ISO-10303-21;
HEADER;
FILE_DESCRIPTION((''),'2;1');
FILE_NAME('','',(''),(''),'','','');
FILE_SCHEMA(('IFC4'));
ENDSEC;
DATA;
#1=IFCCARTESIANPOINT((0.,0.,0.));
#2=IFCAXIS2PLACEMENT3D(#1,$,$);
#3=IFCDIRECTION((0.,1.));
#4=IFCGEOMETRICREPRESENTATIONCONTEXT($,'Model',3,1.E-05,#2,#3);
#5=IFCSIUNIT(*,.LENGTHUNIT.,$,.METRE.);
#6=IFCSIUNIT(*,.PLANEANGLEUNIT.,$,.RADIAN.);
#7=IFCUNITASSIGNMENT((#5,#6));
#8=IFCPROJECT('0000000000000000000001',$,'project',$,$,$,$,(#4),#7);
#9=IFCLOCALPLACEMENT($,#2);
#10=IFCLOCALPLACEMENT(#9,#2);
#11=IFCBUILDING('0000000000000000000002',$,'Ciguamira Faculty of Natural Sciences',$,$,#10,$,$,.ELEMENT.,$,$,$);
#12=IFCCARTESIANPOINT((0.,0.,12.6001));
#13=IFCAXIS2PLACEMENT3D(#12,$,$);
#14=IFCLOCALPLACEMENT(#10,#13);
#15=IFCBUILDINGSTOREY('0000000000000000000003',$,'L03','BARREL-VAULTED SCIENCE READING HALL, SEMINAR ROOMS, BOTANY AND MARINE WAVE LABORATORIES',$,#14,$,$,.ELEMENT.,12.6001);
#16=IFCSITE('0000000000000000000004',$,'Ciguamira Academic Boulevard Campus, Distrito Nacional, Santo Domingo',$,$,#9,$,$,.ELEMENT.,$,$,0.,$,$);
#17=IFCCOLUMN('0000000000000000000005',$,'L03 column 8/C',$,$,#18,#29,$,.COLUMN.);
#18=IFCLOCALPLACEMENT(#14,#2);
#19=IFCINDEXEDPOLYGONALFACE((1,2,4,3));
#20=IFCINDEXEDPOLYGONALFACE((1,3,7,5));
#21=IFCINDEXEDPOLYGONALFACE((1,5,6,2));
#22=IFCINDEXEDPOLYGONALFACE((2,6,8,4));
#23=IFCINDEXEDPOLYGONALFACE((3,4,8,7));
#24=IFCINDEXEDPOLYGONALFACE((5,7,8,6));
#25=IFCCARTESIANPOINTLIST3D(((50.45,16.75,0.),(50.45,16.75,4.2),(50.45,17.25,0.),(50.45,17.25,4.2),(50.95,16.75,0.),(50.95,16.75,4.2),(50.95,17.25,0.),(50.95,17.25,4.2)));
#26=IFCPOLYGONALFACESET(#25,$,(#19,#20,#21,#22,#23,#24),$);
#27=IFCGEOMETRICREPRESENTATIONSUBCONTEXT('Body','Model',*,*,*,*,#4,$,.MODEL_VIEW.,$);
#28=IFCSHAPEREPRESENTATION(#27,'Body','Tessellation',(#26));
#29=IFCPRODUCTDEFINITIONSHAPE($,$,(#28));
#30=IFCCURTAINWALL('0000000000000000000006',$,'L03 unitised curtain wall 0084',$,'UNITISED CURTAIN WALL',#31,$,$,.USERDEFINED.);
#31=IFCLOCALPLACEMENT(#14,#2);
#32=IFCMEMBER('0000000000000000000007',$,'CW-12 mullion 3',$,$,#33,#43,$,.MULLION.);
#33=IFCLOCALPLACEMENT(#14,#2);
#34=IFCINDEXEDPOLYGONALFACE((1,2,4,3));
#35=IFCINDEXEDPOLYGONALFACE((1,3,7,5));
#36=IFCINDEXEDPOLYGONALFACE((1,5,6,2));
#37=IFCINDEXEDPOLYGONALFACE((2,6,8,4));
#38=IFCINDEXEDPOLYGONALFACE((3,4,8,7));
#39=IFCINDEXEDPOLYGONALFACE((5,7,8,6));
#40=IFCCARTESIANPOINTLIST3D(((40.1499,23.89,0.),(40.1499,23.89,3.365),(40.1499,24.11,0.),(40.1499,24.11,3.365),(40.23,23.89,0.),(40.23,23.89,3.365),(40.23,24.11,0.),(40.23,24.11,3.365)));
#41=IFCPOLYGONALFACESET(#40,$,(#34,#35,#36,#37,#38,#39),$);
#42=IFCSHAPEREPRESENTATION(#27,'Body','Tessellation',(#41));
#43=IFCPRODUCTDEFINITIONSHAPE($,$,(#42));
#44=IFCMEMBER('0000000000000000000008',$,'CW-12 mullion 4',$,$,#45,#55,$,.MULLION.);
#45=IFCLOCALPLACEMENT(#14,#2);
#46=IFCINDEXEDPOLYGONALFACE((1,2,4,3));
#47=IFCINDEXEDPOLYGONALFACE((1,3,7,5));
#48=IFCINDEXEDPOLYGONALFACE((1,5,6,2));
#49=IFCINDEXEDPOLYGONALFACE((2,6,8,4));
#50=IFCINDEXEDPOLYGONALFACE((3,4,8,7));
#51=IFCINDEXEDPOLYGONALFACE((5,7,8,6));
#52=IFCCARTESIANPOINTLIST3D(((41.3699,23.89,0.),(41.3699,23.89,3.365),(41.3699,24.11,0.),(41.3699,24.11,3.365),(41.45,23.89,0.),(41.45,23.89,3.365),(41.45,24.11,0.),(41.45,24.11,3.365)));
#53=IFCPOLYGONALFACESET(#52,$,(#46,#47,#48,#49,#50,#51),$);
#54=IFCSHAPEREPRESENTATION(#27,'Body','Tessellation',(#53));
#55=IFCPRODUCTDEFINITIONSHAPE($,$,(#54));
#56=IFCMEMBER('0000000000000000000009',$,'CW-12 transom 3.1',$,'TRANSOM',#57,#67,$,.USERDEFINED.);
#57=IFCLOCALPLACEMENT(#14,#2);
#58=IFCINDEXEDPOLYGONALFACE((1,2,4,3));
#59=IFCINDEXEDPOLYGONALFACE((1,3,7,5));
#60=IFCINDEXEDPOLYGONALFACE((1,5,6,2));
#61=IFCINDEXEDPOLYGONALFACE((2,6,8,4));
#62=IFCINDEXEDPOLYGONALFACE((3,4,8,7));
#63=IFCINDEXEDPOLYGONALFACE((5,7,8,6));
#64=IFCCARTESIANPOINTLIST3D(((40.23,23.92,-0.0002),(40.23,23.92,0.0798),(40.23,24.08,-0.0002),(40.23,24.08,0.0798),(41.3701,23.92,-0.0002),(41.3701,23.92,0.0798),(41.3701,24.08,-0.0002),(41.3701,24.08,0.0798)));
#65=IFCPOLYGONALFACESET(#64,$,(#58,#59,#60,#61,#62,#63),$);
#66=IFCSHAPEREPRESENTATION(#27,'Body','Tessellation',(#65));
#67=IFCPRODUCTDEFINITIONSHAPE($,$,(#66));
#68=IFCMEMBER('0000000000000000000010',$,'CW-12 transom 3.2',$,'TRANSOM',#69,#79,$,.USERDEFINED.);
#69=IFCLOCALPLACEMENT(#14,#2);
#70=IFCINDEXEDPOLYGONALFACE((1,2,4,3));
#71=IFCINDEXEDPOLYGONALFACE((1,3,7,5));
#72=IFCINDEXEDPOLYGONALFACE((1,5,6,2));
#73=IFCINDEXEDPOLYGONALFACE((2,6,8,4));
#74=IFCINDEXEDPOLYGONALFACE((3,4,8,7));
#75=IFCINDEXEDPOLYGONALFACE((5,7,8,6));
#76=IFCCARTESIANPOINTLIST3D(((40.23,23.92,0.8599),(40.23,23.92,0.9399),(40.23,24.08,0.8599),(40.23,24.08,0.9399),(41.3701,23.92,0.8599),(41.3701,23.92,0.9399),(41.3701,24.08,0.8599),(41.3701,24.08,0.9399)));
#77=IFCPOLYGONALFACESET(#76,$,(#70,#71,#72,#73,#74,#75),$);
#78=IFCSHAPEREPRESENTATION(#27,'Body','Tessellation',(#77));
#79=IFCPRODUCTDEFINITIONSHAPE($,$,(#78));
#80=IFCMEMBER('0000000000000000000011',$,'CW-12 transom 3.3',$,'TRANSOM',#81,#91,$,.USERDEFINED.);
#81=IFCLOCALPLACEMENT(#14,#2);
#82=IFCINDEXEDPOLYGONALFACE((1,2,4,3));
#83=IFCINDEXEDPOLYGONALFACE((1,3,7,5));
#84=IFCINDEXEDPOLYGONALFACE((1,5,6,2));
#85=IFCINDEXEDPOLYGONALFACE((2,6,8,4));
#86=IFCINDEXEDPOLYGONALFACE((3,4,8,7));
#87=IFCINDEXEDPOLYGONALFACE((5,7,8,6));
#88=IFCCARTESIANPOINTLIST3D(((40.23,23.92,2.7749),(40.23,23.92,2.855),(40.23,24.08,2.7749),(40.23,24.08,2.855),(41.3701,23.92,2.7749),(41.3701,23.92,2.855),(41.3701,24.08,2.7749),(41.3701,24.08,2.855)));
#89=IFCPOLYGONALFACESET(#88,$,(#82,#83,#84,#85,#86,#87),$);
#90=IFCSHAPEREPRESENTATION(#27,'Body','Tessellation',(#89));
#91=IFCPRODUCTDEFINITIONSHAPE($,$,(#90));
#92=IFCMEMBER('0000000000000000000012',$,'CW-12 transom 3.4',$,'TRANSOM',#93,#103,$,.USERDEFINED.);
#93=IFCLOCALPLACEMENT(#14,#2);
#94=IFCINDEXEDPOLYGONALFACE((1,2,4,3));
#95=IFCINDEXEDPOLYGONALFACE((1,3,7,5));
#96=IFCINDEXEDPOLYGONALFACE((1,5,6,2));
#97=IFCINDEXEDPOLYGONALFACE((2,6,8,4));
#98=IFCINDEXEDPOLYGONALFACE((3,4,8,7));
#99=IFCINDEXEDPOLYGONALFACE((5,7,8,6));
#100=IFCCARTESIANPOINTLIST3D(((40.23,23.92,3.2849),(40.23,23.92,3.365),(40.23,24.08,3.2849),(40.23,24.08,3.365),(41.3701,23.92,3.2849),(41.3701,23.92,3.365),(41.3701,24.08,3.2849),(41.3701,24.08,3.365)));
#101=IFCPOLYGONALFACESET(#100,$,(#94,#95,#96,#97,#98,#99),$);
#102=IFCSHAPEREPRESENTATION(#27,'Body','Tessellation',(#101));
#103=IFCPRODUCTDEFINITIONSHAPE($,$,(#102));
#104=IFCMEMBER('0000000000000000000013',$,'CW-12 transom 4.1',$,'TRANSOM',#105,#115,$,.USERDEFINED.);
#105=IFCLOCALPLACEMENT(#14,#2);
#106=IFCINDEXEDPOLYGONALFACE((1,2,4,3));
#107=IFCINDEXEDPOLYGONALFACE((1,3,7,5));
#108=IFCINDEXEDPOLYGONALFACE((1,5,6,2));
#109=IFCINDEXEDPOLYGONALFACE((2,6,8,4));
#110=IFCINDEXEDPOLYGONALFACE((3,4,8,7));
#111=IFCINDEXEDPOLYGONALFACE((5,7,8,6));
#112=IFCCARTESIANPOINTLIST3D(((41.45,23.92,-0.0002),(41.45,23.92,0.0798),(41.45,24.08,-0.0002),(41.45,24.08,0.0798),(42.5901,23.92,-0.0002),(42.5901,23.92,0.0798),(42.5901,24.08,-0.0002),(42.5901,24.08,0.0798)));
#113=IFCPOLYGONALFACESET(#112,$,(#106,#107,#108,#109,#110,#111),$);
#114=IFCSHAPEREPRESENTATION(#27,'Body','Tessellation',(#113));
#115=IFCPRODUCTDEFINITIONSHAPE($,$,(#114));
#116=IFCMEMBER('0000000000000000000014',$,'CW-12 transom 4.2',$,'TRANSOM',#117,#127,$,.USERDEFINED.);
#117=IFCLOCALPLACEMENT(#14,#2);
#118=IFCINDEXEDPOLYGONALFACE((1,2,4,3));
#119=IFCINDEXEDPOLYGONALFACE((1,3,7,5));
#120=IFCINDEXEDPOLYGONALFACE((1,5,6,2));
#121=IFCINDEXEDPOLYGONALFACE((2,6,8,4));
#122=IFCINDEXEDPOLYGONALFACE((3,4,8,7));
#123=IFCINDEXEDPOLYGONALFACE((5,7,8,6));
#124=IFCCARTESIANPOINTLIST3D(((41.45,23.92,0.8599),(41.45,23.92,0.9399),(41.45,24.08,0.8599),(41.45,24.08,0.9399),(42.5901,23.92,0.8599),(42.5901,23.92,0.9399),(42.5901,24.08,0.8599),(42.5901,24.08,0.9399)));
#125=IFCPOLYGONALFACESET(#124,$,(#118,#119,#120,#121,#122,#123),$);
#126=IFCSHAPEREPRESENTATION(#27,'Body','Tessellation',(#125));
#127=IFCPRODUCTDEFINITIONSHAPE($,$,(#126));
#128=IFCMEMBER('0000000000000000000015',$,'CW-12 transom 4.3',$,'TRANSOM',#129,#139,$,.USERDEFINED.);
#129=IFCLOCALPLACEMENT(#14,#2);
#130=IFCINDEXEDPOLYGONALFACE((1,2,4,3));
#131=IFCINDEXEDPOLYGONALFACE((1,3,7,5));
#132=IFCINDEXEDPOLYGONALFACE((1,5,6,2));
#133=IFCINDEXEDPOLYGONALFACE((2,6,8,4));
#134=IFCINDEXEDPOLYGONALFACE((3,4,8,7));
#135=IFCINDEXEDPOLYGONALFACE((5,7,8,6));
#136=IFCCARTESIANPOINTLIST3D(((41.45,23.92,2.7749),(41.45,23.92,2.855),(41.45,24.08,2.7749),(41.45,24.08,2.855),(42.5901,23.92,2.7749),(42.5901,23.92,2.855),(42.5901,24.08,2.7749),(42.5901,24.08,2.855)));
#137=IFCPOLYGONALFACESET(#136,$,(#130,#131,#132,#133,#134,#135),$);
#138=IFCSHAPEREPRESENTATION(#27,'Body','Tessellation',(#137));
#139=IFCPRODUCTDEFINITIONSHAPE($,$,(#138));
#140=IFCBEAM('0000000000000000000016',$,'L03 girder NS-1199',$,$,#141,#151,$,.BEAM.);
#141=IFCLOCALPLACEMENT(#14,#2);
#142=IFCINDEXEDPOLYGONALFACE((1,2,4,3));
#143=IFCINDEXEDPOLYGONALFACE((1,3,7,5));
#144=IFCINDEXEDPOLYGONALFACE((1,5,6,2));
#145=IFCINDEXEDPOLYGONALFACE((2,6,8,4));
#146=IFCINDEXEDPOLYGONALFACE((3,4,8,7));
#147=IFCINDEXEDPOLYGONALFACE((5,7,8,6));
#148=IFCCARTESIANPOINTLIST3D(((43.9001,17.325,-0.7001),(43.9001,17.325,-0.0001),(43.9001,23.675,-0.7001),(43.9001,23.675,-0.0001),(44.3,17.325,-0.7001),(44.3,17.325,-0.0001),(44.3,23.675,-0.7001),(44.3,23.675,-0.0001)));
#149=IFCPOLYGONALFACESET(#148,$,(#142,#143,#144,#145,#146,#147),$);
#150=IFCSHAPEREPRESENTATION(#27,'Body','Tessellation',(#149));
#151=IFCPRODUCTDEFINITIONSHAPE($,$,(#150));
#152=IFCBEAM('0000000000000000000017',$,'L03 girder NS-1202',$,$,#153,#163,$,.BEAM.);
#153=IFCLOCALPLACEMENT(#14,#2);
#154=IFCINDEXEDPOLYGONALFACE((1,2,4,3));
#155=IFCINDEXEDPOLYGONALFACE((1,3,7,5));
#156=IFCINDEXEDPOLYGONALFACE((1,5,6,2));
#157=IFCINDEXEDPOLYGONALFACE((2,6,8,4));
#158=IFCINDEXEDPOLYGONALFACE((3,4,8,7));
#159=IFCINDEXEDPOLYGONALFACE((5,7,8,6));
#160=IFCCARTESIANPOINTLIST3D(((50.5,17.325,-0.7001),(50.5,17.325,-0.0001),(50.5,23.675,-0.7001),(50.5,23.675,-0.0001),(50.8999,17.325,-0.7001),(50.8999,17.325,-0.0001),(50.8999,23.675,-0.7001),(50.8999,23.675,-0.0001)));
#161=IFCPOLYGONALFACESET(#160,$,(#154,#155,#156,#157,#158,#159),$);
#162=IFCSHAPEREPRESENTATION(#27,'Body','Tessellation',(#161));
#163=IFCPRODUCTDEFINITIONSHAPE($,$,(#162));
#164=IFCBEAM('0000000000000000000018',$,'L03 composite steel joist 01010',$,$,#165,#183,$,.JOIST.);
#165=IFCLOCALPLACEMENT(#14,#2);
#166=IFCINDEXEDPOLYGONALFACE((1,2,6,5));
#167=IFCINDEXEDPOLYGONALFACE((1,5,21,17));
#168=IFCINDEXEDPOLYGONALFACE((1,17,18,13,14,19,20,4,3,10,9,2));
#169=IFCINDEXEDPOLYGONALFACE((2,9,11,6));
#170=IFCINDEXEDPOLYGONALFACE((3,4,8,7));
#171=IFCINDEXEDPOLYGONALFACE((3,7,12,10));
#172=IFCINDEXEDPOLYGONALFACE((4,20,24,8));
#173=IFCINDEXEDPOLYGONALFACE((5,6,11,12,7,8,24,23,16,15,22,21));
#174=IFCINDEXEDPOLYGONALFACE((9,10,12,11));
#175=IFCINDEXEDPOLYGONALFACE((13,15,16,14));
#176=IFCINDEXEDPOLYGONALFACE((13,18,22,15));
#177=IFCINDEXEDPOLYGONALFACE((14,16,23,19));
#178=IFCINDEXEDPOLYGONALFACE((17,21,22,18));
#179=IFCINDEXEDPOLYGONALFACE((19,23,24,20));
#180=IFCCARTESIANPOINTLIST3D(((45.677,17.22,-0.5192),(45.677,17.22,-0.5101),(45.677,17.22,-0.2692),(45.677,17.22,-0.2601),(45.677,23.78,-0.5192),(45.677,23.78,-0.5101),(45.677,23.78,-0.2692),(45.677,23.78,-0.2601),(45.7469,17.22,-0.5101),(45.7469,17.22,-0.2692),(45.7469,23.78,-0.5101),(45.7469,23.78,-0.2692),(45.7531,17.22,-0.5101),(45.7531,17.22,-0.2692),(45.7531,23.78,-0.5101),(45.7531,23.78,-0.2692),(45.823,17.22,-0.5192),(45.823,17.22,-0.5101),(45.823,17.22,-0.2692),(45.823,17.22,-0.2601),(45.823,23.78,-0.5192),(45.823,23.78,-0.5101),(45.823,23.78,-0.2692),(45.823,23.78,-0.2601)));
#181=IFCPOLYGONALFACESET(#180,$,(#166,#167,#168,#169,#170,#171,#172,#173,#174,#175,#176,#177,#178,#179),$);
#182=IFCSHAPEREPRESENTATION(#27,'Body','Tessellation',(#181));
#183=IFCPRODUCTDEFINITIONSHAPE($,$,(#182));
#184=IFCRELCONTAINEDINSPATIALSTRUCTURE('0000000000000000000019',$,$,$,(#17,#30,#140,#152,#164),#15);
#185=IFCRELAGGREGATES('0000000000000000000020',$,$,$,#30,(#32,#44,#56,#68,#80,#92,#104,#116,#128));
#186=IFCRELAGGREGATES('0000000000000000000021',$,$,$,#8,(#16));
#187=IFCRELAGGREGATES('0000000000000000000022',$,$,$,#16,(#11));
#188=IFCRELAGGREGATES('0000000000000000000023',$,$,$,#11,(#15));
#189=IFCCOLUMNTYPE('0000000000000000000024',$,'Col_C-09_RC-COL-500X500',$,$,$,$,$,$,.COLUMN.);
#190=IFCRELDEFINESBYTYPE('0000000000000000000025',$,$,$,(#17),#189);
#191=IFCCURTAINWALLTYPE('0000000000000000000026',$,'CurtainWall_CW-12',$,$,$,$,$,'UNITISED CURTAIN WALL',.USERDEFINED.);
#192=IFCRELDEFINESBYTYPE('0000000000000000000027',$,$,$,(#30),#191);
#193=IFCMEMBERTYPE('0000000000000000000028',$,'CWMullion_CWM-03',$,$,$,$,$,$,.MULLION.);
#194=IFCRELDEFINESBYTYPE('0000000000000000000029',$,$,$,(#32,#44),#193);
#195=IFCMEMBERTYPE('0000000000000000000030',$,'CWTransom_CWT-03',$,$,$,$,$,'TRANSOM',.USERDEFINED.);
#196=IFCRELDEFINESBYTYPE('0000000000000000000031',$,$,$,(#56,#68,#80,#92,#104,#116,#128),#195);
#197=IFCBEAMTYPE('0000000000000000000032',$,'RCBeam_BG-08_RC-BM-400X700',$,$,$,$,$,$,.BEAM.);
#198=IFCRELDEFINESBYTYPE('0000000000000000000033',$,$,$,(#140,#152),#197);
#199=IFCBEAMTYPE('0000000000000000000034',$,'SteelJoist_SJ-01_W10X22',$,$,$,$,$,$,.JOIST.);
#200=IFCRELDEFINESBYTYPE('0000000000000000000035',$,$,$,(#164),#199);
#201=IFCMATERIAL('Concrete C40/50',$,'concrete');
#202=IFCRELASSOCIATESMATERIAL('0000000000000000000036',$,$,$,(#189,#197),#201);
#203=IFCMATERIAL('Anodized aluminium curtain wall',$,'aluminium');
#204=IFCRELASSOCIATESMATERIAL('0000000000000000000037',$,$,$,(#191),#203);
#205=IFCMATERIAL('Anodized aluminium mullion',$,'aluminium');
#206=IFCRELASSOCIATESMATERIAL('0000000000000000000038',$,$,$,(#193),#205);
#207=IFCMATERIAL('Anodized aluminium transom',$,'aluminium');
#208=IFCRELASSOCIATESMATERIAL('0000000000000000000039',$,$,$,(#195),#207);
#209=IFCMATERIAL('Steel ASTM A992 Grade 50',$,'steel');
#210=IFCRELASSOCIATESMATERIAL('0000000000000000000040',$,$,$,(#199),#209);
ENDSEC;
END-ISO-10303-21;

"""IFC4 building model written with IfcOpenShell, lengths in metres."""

from ifc_helpers import new_model, si_unit, direction, frame, origin, origin_2d, place, context, subcontext, project, spatial, rectangle, i_section, extrude, material, material_profile, profile_set, type_object, element, aggregate, save


model = new_model("IFC4")

# Units and contexts
model_context = context("Model", 3, precision=1e-05, world=origin(), true_north=direction((0.0, 1.0)))
body_context = subcontext(model_context, "Body", "Model", "MODEL_VIEW")
ifc_project = project(units=[si_unit("LENGTHUNIT", "METRE"), si_unit("PLANEANGLEUNIT", "RADIAN")], contexts=[model_context])

# Site, building, storey
site_placement = place(None, origin())
site = spatial("IfcSite", under=ifc_project, at=site_placement, Name="Ciguamira Academic Boulevard Campus, Distrito Nacional, Santo Domingo", CompositionType="ELEMENT", RefElevation=0.0)
building_placement = place(site_placement, origin())
building = spatial("IfcBuilding", under=site, at=building_placement, Name="Ciguamira Faculty of Natural Sciences", CompositionType="ELEMENT")
storey_placement = place(building_placement, frame((0.0, 0.0, 12.6001)))
storey = spatial("IfcBuildingStorey", under=building, at=storey_placement, Name="L03", Description="BARREL-VAULTED SCIENCE READING HALL, SEMINAR ROOMS, BOTANY AND MARINE WAVE LABORATORIES", CompositionType="ELEMENT", Elevation=12.6001)

# Column
ifc_material_1 = material(Name="Concrete C40/50", Category="concrete")
ifc_material_profile_1 = material_profile(ifc_material_1, rectangle(XDim=0.5, YDim=0.5, at=origin_2d()), Name="RC-COL-500X500")
ifc_profile_set_1 = profile_set([ifc_material_profile_1], Name="Concrete C40/50")
column_type = type_object("IfcColumnType", Name="Col_C-09_RC-COL-500X500", PredefinedType="COLUMN", material=ifc_profile_set_1)
column_placement = place(storey_placement, frame((50.7, 17.0, 0.0), z_axis=(0.0, 0.0, 1.0), x_axis=(1.0, 0.0, 0.0)))
element("IfcColumn", 1, at=column_placement, inside=storey, type_object=column_type, Name="L03 column 8/C", PredefinedType="COLUMN", context=body_context, shape_type="SweptSolid", body=[
    extrude(rectangle(XDim=0.5, YDim=0.5, at=origin_2d()), origin(), (0.0, 0.0, 1.0), 4.2),
])

# Curtain wall, members
ifc_material_2 = material(Name="Anodized aluminium curtain wall", Category="aluminium")
curtain_wall_type = type_object("IfcCurtainWallType", Name="CurtainWall_CW-12", ElementType="UNITISED CURTAIN WALL", PredefinedType="USERDEFINED", material=ifc_material_2)
curtain_wall_placement = place(storey_placement, origin())
curtain_wall = element("IfcCurtainWall", 2, at=curtain_wall_placement, inside=storey, type_object=curtain_wall_type, Name="L03 unitised curtain wall 0084", ObjectType="UNITISED CURTAIN WALL", PredefinedType="USERDEFINED")
ifc_material_3 = material(Name="Anodized aluminium mullion", Category="aluminium")
ifc_material_profile_2 = material_profile(ifc_material_3, rectangle(XDim=0.0801, YDim=0.22, at=origin_2d()), Name="ALU-MUL-80X220")
ifc_profile_set_2 = profile_set([ifc_material_profile_2], Name="Anodized aluminium mullion")
member_type_1 = type_object("IfcMemberType", Name="CWMullion_CWM-03", PredefinedType="MULLION", material=ifc_profile_set_2)
member_1_placement = place(storey_placement, frame((40.1899, 24.0, 0.0), z_axis=(0.0, 0.0, 1.0), x_axis=(1.0, 0.0, 0.0)))
member_1 = element("IfcMember", 3, at=member_1_placement, type_object=member_type_1, Name="CW-12 mullion 3", PredefinedType="MULLION", context=body_context, shape_type="SweptSolid", body=[
    extrude(rectangle(XDim=0.0801, YDim=0.22, at=origin_2d()), origin(), (0.0, 0.0, 1.0), 3.365),
])
member_2_placement = place(storey_placement, frame((41.4099, 24.0, 0.0), z_axis=(0.0, 0.0, 1.0), x_axis=(1.0, 0.0, 0.0)))
member_2 = element("IfcMember", 4, at=member_2_placement, type_object=member_type_1, Name="CW-12 mullion 4", PredefinedType="MULLION", context=body_context, shape_type="SweptSolid", body=[
    extrude(rectangle(XDim=0.0801, YDim=0.22, at=origin_2d()), origin(), (0.0, 0.0, 1.0), 3.365),
])
ifc_material_4 = material(Name="Anodized aluminium transom", Category="aluminium")
ifc_material_profile_3 = material_profile(ifc_material_4, rectangle(XDim=0.0801, YDim=0.1599, at=origin_2d()), Name="ALU-TRN-80X160")
ifc_profile_set_3 = profile_set([ifc_material_profile_3], Name="Anodized aluminium transom")
member_type_2 = type_object("IfcMemberType", Name="CWTransom_CWT-03", ElementType="TRANSOM", PredefinedType="USERDEFINED", material=ifc_profile_set_3)
member_3_placement = place(storey_placement, frame((40.23, 24.0, 0.0398), z_axis=(1.0, 0.0, 0.0), x_axis=(0.0, 0.0, 1.0)))
member_3 = element("IfcMember", 5, at=member_3_placement, type_object=member_type_2, Name="CW-12 transom 3.1", ObjectType="TRANSOM", PredefinedType="USERDEFINED", context=body_context, shape_type="SweptSolid", body=[
    extrude(rectangle(XDim=0.0801, YDim=0.1599, at=origin_2d()), origin(), (0.0, 0.0, 1.0), 1.1401),
])
member_4_placement = place(storey_placement, frame((40.23, 24.0, 0.8999), z_axis=(1.0, 0.0, 0.0), x_axis=(0.0, 0.0, 1.0)))
member_4 = element("IfcMember", 6, at=member_4_placement, type_object=member_type_2, Name="CW-12 transom 3.2", ObjectType="TRANSOM", PredefinedType="USERDEFINED", context=body_context, shape_type="SweptSolid", body=[
    extrude(rectangle(XDim=0.0801, YDim=0.1599, at=origin_2d()), origin(), (0.0, 0.0, 1.0), 1.1401),
])
member_5_placement = place(storey_placement, frame((40.23, 24.0, 2.8149), z_axis=(1.0, 0.0, 0.0), x_axis=(0.0, 0.0, 1.0)))
member_5 = element("IfcMember", 7, at=member_5_placement, type_object=member_type_2, Name="CW-12 transom 3.3", ObjectType="TRANSOM", PredefinedType="USERDEFINED", context=body_context, shape_type="SweptSolid", body=[
    extrude(rectangle(XDim=0.0801, YDim=0.1599, at=origin_2d()), origin(), (0.0, 0.0, 1.0), 1.1401),
])
member_6_placement = place(storey_placement, frame((40.23, 24.0, 3.325), z_axis=(1.0, 0.0, 0.0), x_axis=(0.0, 0.0, 1.0)))
member_6 = element("IfcMember", 8, at=member_6_placement, type_object=member_type_2, Name="CW-12 transom 3.4", ObjectType="TRANSOM", PredefinedType="USERDEFINED", context=body_context, shape_type="SweptSolid", body=[
    extrude(rectangle(XDim=0.0801, YDim=0.1599, at=origin_2d()), origin(), (0.0, 0.0, 1.0), 1.1401),
])
member_7_placement = place(storey_placement, frame((41.45, 24.0, 0.0398), z_axis=(1.0, 0.0, 0.0), x_axis=(0.0, 0.0, 1.0)))
member_7 = element("IfcMember", 9, at=member_7_placement, type_object=member_type_2, Name="CW-12 transom 4.1", ObjectType="TRANSOM", PredefinedType="USERDEFINED", context=body_context, shape_type="SweptSolid", body=[
    extrude(rectangle(XDim=0.0801, YDim=0.1599, at=origin_2d()), origin(), (0.0, 0.0, 1.0), 1.1401),
])
member_8_placement = place(storey_placement, frame((41.45, 24.0, 0.8999), z_axis=(1.0, 0.0, 0.0), x_axis=(0.0, 0.0, 1.0)))
member_8 = element("IfcMember", 10, at=member_8_placement, type_object=member_type_2, Name="CW-12 transom 4.2", ObjectType="TRANSOM", PredefinedType="USERDEFINED", context=body_context, shape_type="SweptSolid", body=[
    extrude(rectangle(XDim=0.0801, YDim=0.1599, at=origin_2d()), origin(), (0.0, 0.0, 1.0), 1.1401),
])
member_9_placement = place(storey_placement, frame((41.45, 24.0, 2.8149), z_axis=(1.0, 0.0, 0.0), x_axis=(0.0, 0.0, 1.0)))
member_9 = element("IfcMember", 11, at=member_9_placement, type_object=member_type_2, Name="CW-12 transom 4.3", ObjectType="TRANSOM", PredefinedType="USERDEFINED", context=body_context, shape_type="SweptSolid", body=[
    extrude(rectangle(XDim=0.0801, YDim=0.1599, at=origin_2d()), origin(), (0.0, 0.0, 1.0), 1.1401),
])

# Beams
ifc_material_profile_4 = material_profile(ifc_material_1, rectangle(XDim=0.3999, YDim=0.7, at=origin_2d()), Name="RC-BM-400X700")
ifc_profile_set_4 = profile_set([ifc_material_profile_4], Name="Concrete C40/50")
beam_type_1 = type_object("IfcBeamType", Name="RCBeam_BG-08_RC-BM-400X700", PredefinedType="BEAM", material=ifc_profile_set_4)
for number, where, z_axis, x_axis, name in (
    (12, (44.1001, 17.325, -0.3501), (0.0, 1.0, 0.0), (-1.0, 0.0, 0.0), "L03 girder NS-1199"),
    (13, (50.7, 17.325, -0.3501), (0.0, 1.0, 0.0), (-1.0, 0.0, 0.0), "L03 girder NS-1202"),
):
    element("IfcBeam", number, at=place(storey_placement, frame(where, z_axis=z_axis, x_axis=x_axis)), inside=storey, type_object=beam_type_1, Name=name, PredefinedType="BEAM", context=body_context, shape_type="SweptSolid", body=[
        extrude(rectangle(XDim=0.3999, YDim=0.7, at=origin_2d()), origin(), (0.0, 0.0, 1.0), 6.3501),
    ])
ifc_material_5 = material(Name="Steel ASTM A992 Grade 50", Category="steel")
ifc_material_profile_5 = material_profile(ifc_material_5, i_section(OverallWidth=0.146, OverallDepth=0.259, WebThickness=0.0061, FlangeThickness=0.009, at=origin_2d()), Name="W10X22")
ifc_profile_set_5 = profile_set([ifc_material_profile_5], Name="Steel ASTM A992 Grade 50")
beam_type_2 = type_object("IfcBeamType", Name="SteelJoist_SJ-01_W10X22", PredefinedType="JOIST", material=ifc_profile_set_5)
beam_1_placement = place(storey_placement, frame((45.75, 17.22, -0.3896), z_axis=(0.0, 1.0, 0.0), x_axis=(-1.0, 0.0, 0.0)))
element("IfcBeam", 14, at=beam_1_placement, inside=storey, type_object=beam_type_2, Name="L03 composite steel joist 01010", PredefinedType="JOIST", context=body_context, shape_type="SweptSolid", body=[
    extrude(i_section(OverallWidth=0.146, OverallDepth=0.259, WebThickness=0.0061, FlangeThickness=0.009, at=origin_2d()), origin(), (0.0, 0.0, 1.0), 6.5601),
])

aggregate(curtain_wall, [member_1, member_2, member_3, member_4, member_5, member_6, member_7, member_8, member_9])

save(model, "model.ifc")
